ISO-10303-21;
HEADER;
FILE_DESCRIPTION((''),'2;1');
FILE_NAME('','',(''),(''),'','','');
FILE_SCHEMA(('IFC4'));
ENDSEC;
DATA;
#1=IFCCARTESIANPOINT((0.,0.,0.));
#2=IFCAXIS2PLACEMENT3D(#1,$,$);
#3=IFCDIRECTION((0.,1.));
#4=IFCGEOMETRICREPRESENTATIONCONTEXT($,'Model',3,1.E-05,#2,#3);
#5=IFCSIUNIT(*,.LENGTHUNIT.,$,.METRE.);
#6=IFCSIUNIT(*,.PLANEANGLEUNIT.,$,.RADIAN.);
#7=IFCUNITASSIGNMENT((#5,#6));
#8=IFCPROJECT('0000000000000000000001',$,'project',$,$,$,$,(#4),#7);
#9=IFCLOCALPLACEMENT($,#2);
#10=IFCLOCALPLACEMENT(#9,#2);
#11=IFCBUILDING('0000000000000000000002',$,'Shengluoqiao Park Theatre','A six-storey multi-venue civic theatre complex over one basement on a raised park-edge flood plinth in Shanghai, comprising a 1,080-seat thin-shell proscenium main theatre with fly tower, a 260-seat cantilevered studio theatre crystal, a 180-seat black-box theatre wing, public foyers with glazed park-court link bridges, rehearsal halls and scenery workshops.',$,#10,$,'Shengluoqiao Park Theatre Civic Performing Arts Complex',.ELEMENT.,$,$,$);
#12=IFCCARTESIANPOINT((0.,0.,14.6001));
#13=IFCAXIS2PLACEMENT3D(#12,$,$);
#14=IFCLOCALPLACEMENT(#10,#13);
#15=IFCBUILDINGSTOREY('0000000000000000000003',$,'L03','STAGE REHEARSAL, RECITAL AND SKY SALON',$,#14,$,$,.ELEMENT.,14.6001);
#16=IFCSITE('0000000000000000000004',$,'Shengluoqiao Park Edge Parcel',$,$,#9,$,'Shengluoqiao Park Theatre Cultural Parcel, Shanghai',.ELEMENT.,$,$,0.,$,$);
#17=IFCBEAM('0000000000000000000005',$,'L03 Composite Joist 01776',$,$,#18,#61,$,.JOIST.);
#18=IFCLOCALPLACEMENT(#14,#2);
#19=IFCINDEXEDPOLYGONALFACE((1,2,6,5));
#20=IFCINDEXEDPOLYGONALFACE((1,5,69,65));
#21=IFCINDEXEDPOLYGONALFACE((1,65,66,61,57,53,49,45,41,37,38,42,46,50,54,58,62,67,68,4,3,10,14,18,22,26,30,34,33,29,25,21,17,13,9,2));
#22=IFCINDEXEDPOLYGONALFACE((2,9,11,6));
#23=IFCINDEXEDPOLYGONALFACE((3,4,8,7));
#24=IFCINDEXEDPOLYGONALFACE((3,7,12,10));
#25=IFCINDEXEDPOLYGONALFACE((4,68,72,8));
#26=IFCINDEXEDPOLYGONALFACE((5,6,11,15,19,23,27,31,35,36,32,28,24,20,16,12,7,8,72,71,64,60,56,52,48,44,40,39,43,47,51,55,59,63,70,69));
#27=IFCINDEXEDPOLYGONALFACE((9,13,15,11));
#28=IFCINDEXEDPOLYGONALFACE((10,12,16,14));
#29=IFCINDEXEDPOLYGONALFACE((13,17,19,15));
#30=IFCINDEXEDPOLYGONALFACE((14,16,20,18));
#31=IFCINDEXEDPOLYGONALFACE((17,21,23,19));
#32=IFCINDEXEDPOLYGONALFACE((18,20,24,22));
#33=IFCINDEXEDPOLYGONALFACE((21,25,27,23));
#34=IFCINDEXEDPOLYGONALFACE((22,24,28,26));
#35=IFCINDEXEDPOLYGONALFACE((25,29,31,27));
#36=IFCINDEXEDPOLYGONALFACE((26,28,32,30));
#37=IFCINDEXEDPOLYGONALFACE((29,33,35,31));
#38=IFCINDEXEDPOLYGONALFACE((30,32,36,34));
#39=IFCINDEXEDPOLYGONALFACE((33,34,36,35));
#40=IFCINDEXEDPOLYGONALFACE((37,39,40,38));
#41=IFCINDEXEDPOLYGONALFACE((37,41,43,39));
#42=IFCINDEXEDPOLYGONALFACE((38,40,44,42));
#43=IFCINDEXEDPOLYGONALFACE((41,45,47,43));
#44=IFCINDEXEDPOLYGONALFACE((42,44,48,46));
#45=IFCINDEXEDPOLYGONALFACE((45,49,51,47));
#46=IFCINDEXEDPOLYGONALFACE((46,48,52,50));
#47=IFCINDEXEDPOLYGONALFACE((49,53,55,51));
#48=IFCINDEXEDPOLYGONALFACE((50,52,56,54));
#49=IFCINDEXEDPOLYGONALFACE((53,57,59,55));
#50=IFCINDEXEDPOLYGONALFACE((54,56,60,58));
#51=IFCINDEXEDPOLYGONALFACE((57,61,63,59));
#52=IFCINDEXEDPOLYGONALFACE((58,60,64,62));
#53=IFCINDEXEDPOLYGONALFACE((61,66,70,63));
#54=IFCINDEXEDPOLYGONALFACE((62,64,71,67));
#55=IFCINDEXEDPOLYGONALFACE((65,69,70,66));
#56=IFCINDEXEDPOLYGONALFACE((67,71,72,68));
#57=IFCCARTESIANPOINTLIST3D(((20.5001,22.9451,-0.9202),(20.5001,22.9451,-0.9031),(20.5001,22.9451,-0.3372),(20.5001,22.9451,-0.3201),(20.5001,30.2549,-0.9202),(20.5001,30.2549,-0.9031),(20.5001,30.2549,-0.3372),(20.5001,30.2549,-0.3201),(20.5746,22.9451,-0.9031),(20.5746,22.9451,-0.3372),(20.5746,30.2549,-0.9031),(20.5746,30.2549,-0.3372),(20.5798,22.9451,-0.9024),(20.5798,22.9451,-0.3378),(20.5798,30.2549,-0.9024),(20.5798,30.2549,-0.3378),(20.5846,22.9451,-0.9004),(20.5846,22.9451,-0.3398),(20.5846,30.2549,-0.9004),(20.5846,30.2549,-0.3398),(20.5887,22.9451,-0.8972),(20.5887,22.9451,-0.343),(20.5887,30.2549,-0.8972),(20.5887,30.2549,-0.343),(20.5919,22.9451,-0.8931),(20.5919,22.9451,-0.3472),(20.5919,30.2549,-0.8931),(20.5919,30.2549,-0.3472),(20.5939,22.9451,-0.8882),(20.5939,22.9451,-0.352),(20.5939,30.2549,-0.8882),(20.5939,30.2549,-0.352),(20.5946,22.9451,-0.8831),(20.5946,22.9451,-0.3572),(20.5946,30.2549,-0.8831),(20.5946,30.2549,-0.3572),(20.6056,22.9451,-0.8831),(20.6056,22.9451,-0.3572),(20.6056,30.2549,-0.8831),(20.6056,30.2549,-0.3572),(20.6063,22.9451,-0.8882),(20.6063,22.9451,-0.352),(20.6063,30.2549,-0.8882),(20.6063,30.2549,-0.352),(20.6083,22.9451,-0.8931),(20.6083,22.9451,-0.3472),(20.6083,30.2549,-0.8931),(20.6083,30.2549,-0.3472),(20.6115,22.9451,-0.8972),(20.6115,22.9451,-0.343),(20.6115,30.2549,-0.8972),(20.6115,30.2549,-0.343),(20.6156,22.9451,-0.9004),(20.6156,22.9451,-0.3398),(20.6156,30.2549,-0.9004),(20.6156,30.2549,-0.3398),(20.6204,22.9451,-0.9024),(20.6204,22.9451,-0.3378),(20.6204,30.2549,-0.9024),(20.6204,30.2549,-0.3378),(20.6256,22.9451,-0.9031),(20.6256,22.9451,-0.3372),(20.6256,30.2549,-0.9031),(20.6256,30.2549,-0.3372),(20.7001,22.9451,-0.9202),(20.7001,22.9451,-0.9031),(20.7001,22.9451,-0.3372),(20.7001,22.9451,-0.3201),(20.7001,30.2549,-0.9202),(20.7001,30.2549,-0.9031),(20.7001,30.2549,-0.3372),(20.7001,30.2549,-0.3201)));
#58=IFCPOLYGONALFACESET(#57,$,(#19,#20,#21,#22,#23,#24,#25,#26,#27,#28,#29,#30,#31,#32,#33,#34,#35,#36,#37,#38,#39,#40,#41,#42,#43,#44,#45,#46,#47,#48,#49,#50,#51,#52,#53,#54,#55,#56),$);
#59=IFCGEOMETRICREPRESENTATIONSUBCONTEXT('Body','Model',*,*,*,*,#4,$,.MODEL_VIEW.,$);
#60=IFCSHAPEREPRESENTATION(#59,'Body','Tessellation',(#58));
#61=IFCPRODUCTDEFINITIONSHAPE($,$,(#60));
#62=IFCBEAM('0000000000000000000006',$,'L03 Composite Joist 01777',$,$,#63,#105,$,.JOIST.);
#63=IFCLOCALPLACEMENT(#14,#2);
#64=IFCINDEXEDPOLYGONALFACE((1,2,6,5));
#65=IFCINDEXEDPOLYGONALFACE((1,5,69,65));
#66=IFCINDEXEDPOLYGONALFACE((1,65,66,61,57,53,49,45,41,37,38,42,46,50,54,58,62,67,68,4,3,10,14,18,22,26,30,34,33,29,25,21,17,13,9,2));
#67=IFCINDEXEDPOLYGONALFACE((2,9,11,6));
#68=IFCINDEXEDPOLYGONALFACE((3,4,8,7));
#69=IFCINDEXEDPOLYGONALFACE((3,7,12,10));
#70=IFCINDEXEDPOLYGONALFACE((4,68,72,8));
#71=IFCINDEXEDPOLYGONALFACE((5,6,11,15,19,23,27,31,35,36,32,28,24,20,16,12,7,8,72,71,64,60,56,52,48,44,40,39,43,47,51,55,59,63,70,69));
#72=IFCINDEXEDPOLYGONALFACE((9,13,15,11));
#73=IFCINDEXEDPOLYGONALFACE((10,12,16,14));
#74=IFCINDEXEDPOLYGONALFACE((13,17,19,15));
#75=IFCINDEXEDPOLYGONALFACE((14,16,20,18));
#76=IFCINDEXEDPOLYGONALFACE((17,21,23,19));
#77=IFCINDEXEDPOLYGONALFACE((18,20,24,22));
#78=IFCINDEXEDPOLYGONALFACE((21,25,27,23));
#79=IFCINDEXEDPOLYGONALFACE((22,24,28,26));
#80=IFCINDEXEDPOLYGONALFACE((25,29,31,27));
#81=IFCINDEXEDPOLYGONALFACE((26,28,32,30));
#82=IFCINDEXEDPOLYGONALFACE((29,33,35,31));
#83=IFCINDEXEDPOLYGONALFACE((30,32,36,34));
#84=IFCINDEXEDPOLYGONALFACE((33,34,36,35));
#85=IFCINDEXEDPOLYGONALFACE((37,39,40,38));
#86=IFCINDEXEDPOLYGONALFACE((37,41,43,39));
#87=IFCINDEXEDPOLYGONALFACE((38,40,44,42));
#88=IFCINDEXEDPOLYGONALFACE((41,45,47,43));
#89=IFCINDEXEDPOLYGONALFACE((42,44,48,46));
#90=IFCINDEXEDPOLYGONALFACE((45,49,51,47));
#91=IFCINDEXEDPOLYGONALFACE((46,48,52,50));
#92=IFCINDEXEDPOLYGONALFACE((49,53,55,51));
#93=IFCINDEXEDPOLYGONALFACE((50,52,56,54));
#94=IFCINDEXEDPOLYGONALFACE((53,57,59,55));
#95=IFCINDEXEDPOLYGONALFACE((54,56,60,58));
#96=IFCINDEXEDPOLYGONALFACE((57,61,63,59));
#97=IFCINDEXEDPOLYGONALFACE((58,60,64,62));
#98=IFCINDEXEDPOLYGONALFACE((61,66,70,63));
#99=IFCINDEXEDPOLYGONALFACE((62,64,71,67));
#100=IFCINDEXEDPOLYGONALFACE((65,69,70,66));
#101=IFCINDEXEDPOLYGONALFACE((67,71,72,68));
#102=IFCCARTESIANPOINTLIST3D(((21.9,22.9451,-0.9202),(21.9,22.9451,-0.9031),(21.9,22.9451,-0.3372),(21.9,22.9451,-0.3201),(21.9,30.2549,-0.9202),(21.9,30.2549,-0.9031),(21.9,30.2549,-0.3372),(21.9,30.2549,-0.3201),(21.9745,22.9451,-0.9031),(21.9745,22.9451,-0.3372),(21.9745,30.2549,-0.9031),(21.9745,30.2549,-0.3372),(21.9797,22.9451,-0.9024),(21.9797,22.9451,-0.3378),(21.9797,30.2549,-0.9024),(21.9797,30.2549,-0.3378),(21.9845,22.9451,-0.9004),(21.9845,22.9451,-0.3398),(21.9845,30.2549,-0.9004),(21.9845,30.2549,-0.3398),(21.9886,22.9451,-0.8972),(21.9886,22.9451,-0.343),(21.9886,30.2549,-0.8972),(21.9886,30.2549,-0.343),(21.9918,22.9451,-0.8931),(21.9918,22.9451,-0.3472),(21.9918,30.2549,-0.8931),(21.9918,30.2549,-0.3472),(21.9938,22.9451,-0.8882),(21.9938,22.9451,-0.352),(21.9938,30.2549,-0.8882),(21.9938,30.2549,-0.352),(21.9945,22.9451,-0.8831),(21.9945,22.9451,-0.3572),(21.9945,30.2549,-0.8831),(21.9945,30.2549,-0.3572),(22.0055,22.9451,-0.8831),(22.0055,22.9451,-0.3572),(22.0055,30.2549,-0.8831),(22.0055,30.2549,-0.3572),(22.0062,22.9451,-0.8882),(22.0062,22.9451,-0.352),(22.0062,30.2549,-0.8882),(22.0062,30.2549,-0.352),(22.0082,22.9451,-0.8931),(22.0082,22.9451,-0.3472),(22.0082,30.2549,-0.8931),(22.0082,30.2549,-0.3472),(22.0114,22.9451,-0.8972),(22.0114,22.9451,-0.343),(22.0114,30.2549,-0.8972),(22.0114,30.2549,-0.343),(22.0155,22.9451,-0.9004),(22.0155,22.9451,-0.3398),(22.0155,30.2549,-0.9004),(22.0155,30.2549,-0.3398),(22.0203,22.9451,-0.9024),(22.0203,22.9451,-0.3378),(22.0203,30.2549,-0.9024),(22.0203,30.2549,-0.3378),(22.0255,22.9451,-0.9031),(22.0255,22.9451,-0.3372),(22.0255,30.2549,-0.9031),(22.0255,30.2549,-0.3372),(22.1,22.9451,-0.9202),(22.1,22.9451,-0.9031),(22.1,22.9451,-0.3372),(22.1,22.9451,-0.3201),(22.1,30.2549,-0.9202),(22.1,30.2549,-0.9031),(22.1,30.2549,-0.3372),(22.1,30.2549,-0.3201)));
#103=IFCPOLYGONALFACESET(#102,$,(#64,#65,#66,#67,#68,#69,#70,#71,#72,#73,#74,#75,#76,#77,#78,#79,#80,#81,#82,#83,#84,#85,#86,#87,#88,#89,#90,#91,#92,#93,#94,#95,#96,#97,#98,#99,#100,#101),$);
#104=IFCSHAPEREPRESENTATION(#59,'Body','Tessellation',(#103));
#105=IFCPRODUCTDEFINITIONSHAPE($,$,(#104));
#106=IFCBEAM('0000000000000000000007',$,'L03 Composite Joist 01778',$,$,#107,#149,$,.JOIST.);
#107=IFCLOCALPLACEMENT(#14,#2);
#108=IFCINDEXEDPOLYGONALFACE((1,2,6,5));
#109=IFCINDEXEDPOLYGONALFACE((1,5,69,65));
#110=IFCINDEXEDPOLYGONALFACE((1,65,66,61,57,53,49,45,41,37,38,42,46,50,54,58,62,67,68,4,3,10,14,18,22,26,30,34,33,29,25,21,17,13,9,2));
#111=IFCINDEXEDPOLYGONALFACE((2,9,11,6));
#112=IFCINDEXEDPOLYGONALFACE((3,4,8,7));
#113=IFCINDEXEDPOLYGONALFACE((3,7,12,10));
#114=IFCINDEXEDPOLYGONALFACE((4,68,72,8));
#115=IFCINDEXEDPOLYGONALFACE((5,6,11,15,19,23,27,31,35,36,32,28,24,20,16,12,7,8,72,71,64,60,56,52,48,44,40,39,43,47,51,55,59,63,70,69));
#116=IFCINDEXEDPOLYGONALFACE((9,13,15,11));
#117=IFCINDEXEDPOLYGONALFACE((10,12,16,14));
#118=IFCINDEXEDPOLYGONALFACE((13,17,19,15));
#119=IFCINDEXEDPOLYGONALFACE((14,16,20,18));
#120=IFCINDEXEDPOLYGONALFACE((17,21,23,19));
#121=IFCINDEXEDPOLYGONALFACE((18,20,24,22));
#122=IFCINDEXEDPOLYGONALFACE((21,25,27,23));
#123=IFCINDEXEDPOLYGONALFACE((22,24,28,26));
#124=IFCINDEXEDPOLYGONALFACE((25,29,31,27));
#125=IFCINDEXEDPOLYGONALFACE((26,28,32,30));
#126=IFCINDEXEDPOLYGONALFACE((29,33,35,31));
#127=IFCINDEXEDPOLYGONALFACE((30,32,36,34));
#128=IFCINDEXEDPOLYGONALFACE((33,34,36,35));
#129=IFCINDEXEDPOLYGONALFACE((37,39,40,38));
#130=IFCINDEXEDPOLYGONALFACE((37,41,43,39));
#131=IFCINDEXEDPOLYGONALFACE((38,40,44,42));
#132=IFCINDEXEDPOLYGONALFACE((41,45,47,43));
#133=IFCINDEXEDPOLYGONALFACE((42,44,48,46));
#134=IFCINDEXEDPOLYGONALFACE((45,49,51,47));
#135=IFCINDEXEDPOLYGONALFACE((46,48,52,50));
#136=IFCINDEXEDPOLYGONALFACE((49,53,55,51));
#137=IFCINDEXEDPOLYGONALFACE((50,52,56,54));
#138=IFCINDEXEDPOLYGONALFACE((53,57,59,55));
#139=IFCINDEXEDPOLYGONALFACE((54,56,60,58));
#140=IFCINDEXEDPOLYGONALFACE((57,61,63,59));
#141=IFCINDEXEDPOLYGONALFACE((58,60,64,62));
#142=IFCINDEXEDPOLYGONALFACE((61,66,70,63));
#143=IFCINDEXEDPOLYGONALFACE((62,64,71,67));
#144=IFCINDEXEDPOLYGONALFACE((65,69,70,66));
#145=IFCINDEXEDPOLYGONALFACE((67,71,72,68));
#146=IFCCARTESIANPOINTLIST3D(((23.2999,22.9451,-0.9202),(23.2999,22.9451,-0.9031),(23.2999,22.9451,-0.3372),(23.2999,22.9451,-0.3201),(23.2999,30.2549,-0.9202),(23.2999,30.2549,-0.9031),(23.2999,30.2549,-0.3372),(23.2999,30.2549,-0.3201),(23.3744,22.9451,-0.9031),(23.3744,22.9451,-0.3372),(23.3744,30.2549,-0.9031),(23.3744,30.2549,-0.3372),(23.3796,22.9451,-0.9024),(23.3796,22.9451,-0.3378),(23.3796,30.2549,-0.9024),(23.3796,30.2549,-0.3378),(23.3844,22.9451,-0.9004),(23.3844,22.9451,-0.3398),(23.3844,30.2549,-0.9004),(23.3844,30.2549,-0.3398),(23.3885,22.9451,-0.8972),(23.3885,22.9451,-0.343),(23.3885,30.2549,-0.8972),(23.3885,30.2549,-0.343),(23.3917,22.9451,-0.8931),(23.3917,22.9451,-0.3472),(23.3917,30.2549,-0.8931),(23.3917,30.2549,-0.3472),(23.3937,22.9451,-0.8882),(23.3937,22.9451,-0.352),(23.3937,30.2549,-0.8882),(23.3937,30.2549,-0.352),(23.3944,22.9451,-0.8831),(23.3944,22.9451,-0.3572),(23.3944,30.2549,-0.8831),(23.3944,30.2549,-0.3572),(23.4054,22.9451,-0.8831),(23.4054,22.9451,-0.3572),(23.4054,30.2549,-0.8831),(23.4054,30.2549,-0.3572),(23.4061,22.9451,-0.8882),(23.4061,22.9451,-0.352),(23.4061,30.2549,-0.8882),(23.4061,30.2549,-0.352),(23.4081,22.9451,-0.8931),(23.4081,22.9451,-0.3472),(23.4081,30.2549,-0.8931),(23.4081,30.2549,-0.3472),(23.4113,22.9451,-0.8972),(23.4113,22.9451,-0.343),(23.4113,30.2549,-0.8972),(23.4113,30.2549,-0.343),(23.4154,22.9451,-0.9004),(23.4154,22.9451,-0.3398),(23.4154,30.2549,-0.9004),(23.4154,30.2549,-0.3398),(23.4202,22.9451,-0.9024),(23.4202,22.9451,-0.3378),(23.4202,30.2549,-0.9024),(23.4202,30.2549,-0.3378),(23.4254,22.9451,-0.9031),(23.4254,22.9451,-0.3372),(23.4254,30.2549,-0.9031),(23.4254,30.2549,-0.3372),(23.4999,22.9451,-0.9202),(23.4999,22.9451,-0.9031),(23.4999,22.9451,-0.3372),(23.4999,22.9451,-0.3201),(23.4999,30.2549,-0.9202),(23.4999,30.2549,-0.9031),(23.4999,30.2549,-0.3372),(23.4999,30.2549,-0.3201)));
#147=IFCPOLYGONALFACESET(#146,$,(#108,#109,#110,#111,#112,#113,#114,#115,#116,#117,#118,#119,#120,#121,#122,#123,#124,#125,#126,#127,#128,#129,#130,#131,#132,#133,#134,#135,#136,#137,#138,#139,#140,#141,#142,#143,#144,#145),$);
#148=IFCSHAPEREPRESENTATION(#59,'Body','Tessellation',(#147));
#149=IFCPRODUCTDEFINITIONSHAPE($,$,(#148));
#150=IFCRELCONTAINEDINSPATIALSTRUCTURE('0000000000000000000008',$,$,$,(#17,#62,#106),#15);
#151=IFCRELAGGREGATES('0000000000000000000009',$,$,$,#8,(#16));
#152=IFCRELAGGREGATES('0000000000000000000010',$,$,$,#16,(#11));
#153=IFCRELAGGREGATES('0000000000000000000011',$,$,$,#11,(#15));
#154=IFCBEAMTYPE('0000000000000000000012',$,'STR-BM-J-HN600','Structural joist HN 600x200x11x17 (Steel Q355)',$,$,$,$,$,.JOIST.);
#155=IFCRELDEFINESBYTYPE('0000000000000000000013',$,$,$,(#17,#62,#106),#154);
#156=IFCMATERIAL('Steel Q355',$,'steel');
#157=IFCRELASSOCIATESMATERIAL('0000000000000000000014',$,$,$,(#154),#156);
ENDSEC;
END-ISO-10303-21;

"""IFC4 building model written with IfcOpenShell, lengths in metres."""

from ifc_helpers import new_model, si_unit, direction, frame, origin, origin_2d, place, context, subcontext, project, spatial, i_section, extrude, material, material_profile, profile_set, type_object, element, save


model = new_model("IFC4")

# Units and contexts
model_context = context("Model", 3, precision=1e-05, world=origin(), true_north=direction((0.0, 1.0)))
body_context = subcontext(model_context, "Body", "Model", "MODEL_VIEW")
ifc_project = project(units=[si_unit("LENGTHUNIT", "METRE"), si_unit("PLANEANGLEUNIT", "RADIAN")], contexts=[model_context])

# Site, building, storey
site_placement = place(None, origin())
site = spatial("IfcSite", under=ifc_project, at=site_placement, Name="Shengluoqiao Park Edge Parcel", LongName="Shengluoqiao Park Theatre Cultural Parcel, Shanghai", CompositionType="ELEMENT", RefElevation=0.0)
building_placement = place(site_placement, origin())
building = spatial("IfcBuilding", under=site, at=building_placement, Name="Shengluoqiao Park Theatre", Description="A six-storey multi-venue civic theatre complex over one basement on a raised park-edge flood plinth in Shanghai, comprising a 1,080-seat thin-shell proscenium main theatre with fly tower, a 260-seat cantilevered studio theatre crystal, a 180-seat black-box theatre wing, public foyers with glazed park-court link bridges, rehearsal halls and scenery workshops.", LongName="Shengluoqiao Park Theatre Civic Performing Arts Complex", CompositionType="ELEMENT")
storey_placement = place(building_placement, frame((0.0, 0.0, 14.6001)))
storey = spatial("IfcBuildingStorey", under=building, at=storey_placement, Name="L03", Description="STAGE REHEARSAL, RECITAL AND SKY SALON", CompositionType="ELEMENT", Elevation=14.6001)

# Beams
ifc_material_1 = material(Name="Steel Q355", Category="steel")
ifc_material_profile_1 = material_profile(ifc_material_1, i_section(OverallWidth=0.2, OverallDepth=0.6001, WebThickness=0.011, FlangeThickness=0.0171, FilletRadius=0.02, at=origin_2d()), Name="HN 600x200x11x17")
ifc_profile_set_1 = profile_set([ifc_material_profile_1], Name="Steel Q355")
beam_type_1 = type_object("IfcBeamType", Name="STR-BM-J-HN600", Description="Structural joist HN 600x200x11x17 (Steel Q355)", PredefinedType="JOIST", material=ifc_profile_set_1)
for number, where, z_axis, x_axis, name in (
    (1, (20.6001, 22.9451, -0.6201), (0.0, 1.0, 0.0), (-1.0, 0.0, 0.0), "L03 Composite Joist 01776"),
    (2, (22.0, 22.9451, -0.6201), (0.0, 1.0, 0.0), (-1.0, 0.0, 0.0), "L03 Composite Joist 01777"),
    (3, (23.3999, 22.9451, -0.6201), (0.0, 1.0, 0.0), (-1.0, 0.0, 0.0), "L03 Composite Joist 01778"),
):
    element("IfcBeam", number, at=place(storey_placement, frame(where, z_axis=z_axis, x_axis=x_axis)), inside=storey, type_object=beam_type_1, Name=name, PredefinedType="JOIST", context=body_context, shape_type="SweptSolid", body=[
        extrude(i_section(OverallWidth=0.2, OverallDepth=0.6001, WebThickness=0.011, FlangeThickness=0.0171, FilletRadius=0.02, at=origin_2d()), origin(), (0.0, 0.0, 1.0), 7.3098),
    ])

save(model, "model.ifc")
